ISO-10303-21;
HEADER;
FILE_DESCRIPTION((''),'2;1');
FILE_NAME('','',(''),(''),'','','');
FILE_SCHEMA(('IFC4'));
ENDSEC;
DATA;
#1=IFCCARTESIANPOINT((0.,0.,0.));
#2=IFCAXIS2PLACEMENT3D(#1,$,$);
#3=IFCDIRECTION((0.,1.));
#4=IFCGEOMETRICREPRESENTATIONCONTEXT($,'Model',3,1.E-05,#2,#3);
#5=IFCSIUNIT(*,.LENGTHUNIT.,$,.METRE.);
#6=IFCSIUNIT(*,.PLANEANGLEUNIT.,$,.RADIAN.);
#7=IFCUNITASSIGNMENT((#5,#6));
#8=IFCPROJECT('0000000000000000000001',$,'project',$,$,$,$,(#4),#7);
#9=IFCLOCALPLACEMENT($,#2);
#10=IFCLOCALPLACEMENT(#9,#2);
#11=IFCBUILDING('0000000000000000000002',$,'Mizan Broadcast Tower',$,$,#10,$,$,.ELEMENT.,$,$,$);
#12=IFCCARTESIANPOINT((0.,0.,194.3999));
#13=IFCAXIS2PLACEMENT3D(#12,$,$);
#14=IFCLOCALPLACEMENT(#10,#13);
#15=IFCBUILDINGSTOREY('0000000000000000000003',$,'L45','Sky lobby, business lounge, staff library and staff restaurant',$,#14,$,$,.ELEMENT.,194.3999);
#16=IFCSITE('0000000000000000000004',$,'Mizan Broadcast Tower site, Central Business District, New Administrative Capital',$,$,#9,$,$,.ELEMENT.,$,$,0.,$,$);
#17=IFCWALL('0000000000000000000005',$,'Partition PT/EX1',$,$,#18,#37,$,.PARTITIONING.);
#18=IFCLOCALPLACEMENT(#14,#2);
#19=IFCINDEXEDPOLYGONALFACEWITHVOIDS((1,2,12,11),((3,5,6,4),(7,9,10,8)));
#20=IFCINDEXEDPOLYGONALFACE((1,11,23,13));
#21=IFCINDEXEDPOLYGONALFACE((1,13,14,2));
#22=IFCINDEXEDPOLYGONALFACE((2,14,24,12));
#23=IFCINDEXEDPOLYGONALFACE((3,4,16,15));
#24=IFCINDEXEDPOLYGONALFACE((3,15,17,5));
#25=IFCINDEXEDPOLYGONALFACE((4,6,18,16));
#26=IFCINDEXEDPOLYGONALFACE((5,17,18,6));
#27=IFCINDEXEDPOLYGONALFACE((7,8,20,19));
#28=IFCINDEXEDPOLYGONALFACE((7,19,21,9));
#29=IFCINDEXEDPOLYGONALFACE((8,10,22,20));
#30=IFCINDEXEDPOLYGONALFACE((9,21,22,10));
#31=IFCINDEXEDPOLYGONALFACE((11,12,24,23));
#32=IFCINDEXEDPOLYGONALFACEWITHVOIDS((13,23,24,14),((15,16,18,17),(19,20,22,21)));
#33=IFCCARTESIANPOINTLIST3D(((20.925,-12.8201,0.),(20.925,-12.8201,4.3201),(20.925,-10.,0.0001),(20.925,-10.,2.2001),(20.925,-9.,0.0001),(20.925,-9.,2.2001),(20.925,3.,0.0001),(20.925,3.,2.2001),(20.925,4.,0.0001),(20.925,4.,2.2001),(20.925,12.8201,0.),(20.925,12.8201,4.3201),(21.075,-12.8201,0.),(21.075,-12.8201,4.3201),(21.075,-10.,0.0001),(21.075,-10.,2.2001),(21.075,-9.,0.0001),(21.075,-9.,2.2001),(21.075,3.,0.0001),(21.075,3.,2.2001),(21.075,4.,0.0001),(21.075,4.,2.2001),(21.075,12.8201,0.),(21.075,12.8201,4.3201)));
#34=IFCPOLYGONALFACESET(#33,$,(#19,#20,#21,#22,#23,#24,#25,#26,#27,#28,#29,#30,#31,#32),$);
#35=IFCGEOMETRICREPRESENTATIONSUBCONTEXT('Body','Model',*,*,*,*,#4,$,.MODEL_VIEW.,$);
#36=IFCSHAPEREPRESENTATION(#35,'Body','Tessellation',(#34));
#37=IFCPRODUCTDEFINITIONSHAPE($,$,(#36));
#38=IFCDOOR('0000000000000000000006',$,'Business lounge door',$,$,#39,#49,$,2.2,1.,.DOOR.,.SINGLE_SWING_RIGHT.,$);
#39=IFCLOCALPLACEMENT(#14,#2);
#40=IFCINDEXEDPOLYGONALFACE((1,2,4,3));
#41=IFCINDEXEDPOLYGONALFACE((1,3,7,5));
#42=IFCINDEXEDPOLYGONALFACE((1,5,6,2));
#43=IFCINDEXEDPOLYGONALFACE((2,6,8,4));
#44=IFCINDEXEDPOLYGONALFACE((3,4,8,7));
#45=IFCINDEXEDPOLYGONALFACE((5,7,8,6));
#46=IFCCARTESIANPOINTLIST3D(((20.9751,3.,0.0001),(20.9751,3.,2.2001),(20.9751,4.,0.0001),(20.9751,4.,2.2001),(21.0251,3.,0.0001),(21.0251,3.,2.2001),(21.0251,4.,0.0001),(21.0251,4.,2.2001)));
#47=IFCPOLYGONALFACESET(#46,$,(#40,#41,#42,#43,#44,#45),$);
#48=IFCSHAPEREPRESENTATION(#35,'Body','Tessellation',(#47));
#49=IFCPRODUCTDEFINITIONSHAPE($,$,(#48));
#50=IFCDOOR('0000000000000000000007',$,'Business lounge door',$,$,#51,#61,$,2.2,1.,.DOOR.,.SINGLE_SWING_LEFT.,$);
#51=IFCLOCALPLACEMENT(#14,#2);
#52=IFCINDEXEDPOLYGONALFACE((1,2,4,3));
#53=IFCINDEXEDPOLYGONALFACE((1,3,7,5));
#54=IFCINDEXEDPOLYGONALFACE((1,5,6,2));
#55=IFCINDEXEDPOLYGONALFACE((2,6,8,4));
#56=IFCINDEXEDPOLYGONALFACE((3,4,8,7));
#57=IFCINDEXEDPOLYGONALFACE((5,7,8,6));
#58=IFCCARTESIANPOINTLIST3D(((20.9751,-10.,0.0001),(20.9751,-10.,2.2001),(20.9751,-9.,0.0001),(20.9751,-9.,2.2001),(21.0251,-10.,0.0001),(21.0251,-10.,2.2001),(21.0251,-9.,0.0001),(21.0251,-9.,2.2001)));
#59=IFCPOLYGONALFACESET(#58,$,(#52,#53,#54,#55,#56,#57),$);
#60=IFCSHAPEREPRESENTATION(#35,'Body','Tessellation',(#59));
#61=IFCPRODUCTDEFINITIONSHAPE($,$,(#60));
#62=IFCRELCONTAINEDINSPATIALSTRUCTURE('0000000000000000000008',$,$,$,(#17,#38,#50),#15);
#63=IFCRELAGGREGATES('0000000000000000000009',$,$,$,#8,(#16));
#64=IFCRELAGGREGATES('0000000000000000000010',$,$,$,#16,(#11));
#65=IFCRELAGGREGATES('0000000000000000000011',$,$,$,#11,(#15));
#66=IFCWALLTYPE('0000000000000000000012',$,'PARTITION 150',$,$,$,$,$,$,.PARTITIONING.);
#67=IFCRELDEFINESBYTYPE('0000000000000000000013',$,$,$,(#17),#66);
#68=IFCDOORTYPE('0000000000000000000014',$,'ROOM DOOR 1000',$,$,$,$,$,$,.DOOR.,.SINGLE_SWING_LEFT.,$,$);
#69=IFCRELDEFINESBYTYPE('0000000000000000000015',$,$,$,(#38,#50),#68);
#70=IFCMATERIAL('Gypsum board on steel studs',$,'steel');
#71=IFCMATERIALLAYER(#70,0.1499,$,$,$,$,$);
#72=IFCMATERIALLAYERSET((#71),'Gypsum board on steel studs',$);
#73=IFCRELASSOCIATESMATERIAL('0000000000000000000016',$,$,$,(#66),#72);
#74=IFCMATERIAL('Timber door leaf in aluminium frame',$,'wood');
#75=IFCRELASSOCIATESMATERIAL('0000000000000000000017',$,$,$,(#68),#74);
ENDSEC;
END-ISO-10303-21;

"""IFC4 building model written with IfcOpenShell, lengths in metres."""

from ifc_helpers import new_model, si_unit, direction, frame, frame_2d, origin, place, context, subcontext, project, spatial, rectangle, extrude, material, layer, layer_set, type_object, element, fill, save


model = new_model("IFC4")

# Units and contexts
model_context = context("Model", 3, precision=1e-05, world=origin(), true_north=direction((0.0, 1.0)))
body_context = subcontext(model_context, "Body", "Model", "MODEL_VIEW")
ifc_project = project(units=[si_unit("LENGTHUNIT", "METRE"), si_unit("PLANEANGLEUNIT", "RADIAN")], contexts=[model_context])

# Site, building, storey
site_placement = place(None, origin())
site = spatial("IfcSite", under=ifc_project, at=site_placement, Name="Mizan Broadcast Tower site, Central Business District, New Administrative Capital", CompositionType="ELEMENT", RefElevation=0.0)
building_placement = place(site_placement, origin())
building = spatial("IfcBuilding", under=site, at=building_placement, Name="Mizan Broadcast Tower", CompositionType="ELEMENT")
storey_placement = place(building_placement, frame((0.0, 0.0, 194.3999)))
storey = spatial("IfcBuildingStorey", under=building, at=storey_placement, Name="L45", Description="Sky lobby, business lounge, staff library and staff restaurant", CompositionType="ELEMENT", Elevation=194.3999)

# Wall, openings, doors
ifc_material_1 = material(Name="Gypsum board on steel studs", Category="steel")
ifc_layer_1 = layer(ifc_material_1, 0.1499)
ifc_layer_set_1 = layer_set([ifc_layer_1], Name="Gypsum board on steel studs")
wall_type = type_object("IfcWallType", Name="PARTITION 150", PredefinedType="PARTITIONING", material=ifc_layer_set_1)
wall_placement = place(storey_placement, frame((21.0, -12.8201, 0.0), z_axis=(0.0, 0.0, 1.0), x_axis=(0.0, 1.0, 0.0)))
wall = element("IfcWall", 1, at=wall_placement, inside=storey, type_object=wall_type, Name="Partition PT/EX1", PredefinedType="PARTITIONING", context=body_context, shape_type="SweptSolid", body=[
    extrude(rectangle(XDim=25.6401, YDim=0.1499, at=frame_2d((12.8201, 0.0))), origin(), (0.0, 0.0, 1.0), 4.3201),
])
opening_1_placement = place(wall_placement, frame((15.8201, 0.0, 0.0)))
opening_1 = element("IfcOpeningElement", 2, at=opening_1_placement, cuts=wall, PredefinedType="OPENING", context=body_context, shape_type="SweptSolid", body=[
    extrude(rectangle(XDim=1.0, YDim=2.2, at=frame_2d((0.5, 1.1001))), frame((0.0, 0.085, 0.0), z_axis=(0.0, -1.0, 0.0), x_axis=(1.0, 0.0, 0.0)), (0.0, 0.0, 1.0), 0.1699),
])
opening_2_placement = place(wall_placement, frame((2.8201, 0.0, 0.0)))
opening_2 = element("IfcOpeningElement", 3, at=opening_2_placement, cuts=wall, PredefinedType="OPENING", context=body_context, shape_type="SweptSolid", body=[
    extrude(rectangle(XDim=1.0, YDim=2.2, at=frame_2d((0.5, 1.1001))), frame((0.0, 0.085, 0.0), z_axis=(0.0, -1.0, 0.0), x_axis=(1.0, 0.0, 0.0)), (0.0, 0.0, 1.0), 0.1699),
])
ifc_material_2 = material(Name="Timber door leaf in aluminium frame", Category="wood")
door_type = type_object("IfcDoorType", Name="ROOM DOOR 1000", OperationType="SINGLE_SWING_LEFT", PredefinedType="DOOR", material=ifc_material_2)
door_1_placement = place(opening_1_placement, origin())
door_1 = element("IfcDoor", 4, at=door_1_placement, inside=storey, type_object=door_type, Name="Business lounge door", OperationType="SINGLE_SWING_RIGHT", OverallHeight=2.2, OverallWidth=1.0, PredefinedType="DOOR", context=body_context, shape_type="SweptSolid", body=[
    extrude(rectangle(XDim=1.0, YDim=2.2, at=frame_2d((0.5, 1.1001))), frame((0.0, 0.0249, 0.0), z_axis=(0.0, -1.0, 0.0), x_axis=(1.0, 0.0, 0.0)), (0.0, 0.0, 1.0), 0.05),
])
fill(opening_1, door_1)
door_2_placement = place(opening_2_placement, origin())
door_2 = element("IfcDoor", 5, at=door_2_placement, inside=storey, type_object=door_type, Name="Business lounge door", OperationType="SINGLE_SWING_LEFT", OverallHeight=2.2, OverallWidth=1.0, PredefinedType="DOOR", context=body_context, shape_type="SweptSolid", body=[
    extrude(rectangle(XDim=1.0, YDim=2.2, at=frame_2d((0.5, 1.1001))), frame((0.0, 0.0249, 0.0), z_axis=(0.0, -1.0, 0.0), x_axis=(1.0, 0.0, 0.0)), (0.0, 0.0, 1.0), 0.05),
])
fill(opening_2, door_2)

save(model, "model.ifc")
